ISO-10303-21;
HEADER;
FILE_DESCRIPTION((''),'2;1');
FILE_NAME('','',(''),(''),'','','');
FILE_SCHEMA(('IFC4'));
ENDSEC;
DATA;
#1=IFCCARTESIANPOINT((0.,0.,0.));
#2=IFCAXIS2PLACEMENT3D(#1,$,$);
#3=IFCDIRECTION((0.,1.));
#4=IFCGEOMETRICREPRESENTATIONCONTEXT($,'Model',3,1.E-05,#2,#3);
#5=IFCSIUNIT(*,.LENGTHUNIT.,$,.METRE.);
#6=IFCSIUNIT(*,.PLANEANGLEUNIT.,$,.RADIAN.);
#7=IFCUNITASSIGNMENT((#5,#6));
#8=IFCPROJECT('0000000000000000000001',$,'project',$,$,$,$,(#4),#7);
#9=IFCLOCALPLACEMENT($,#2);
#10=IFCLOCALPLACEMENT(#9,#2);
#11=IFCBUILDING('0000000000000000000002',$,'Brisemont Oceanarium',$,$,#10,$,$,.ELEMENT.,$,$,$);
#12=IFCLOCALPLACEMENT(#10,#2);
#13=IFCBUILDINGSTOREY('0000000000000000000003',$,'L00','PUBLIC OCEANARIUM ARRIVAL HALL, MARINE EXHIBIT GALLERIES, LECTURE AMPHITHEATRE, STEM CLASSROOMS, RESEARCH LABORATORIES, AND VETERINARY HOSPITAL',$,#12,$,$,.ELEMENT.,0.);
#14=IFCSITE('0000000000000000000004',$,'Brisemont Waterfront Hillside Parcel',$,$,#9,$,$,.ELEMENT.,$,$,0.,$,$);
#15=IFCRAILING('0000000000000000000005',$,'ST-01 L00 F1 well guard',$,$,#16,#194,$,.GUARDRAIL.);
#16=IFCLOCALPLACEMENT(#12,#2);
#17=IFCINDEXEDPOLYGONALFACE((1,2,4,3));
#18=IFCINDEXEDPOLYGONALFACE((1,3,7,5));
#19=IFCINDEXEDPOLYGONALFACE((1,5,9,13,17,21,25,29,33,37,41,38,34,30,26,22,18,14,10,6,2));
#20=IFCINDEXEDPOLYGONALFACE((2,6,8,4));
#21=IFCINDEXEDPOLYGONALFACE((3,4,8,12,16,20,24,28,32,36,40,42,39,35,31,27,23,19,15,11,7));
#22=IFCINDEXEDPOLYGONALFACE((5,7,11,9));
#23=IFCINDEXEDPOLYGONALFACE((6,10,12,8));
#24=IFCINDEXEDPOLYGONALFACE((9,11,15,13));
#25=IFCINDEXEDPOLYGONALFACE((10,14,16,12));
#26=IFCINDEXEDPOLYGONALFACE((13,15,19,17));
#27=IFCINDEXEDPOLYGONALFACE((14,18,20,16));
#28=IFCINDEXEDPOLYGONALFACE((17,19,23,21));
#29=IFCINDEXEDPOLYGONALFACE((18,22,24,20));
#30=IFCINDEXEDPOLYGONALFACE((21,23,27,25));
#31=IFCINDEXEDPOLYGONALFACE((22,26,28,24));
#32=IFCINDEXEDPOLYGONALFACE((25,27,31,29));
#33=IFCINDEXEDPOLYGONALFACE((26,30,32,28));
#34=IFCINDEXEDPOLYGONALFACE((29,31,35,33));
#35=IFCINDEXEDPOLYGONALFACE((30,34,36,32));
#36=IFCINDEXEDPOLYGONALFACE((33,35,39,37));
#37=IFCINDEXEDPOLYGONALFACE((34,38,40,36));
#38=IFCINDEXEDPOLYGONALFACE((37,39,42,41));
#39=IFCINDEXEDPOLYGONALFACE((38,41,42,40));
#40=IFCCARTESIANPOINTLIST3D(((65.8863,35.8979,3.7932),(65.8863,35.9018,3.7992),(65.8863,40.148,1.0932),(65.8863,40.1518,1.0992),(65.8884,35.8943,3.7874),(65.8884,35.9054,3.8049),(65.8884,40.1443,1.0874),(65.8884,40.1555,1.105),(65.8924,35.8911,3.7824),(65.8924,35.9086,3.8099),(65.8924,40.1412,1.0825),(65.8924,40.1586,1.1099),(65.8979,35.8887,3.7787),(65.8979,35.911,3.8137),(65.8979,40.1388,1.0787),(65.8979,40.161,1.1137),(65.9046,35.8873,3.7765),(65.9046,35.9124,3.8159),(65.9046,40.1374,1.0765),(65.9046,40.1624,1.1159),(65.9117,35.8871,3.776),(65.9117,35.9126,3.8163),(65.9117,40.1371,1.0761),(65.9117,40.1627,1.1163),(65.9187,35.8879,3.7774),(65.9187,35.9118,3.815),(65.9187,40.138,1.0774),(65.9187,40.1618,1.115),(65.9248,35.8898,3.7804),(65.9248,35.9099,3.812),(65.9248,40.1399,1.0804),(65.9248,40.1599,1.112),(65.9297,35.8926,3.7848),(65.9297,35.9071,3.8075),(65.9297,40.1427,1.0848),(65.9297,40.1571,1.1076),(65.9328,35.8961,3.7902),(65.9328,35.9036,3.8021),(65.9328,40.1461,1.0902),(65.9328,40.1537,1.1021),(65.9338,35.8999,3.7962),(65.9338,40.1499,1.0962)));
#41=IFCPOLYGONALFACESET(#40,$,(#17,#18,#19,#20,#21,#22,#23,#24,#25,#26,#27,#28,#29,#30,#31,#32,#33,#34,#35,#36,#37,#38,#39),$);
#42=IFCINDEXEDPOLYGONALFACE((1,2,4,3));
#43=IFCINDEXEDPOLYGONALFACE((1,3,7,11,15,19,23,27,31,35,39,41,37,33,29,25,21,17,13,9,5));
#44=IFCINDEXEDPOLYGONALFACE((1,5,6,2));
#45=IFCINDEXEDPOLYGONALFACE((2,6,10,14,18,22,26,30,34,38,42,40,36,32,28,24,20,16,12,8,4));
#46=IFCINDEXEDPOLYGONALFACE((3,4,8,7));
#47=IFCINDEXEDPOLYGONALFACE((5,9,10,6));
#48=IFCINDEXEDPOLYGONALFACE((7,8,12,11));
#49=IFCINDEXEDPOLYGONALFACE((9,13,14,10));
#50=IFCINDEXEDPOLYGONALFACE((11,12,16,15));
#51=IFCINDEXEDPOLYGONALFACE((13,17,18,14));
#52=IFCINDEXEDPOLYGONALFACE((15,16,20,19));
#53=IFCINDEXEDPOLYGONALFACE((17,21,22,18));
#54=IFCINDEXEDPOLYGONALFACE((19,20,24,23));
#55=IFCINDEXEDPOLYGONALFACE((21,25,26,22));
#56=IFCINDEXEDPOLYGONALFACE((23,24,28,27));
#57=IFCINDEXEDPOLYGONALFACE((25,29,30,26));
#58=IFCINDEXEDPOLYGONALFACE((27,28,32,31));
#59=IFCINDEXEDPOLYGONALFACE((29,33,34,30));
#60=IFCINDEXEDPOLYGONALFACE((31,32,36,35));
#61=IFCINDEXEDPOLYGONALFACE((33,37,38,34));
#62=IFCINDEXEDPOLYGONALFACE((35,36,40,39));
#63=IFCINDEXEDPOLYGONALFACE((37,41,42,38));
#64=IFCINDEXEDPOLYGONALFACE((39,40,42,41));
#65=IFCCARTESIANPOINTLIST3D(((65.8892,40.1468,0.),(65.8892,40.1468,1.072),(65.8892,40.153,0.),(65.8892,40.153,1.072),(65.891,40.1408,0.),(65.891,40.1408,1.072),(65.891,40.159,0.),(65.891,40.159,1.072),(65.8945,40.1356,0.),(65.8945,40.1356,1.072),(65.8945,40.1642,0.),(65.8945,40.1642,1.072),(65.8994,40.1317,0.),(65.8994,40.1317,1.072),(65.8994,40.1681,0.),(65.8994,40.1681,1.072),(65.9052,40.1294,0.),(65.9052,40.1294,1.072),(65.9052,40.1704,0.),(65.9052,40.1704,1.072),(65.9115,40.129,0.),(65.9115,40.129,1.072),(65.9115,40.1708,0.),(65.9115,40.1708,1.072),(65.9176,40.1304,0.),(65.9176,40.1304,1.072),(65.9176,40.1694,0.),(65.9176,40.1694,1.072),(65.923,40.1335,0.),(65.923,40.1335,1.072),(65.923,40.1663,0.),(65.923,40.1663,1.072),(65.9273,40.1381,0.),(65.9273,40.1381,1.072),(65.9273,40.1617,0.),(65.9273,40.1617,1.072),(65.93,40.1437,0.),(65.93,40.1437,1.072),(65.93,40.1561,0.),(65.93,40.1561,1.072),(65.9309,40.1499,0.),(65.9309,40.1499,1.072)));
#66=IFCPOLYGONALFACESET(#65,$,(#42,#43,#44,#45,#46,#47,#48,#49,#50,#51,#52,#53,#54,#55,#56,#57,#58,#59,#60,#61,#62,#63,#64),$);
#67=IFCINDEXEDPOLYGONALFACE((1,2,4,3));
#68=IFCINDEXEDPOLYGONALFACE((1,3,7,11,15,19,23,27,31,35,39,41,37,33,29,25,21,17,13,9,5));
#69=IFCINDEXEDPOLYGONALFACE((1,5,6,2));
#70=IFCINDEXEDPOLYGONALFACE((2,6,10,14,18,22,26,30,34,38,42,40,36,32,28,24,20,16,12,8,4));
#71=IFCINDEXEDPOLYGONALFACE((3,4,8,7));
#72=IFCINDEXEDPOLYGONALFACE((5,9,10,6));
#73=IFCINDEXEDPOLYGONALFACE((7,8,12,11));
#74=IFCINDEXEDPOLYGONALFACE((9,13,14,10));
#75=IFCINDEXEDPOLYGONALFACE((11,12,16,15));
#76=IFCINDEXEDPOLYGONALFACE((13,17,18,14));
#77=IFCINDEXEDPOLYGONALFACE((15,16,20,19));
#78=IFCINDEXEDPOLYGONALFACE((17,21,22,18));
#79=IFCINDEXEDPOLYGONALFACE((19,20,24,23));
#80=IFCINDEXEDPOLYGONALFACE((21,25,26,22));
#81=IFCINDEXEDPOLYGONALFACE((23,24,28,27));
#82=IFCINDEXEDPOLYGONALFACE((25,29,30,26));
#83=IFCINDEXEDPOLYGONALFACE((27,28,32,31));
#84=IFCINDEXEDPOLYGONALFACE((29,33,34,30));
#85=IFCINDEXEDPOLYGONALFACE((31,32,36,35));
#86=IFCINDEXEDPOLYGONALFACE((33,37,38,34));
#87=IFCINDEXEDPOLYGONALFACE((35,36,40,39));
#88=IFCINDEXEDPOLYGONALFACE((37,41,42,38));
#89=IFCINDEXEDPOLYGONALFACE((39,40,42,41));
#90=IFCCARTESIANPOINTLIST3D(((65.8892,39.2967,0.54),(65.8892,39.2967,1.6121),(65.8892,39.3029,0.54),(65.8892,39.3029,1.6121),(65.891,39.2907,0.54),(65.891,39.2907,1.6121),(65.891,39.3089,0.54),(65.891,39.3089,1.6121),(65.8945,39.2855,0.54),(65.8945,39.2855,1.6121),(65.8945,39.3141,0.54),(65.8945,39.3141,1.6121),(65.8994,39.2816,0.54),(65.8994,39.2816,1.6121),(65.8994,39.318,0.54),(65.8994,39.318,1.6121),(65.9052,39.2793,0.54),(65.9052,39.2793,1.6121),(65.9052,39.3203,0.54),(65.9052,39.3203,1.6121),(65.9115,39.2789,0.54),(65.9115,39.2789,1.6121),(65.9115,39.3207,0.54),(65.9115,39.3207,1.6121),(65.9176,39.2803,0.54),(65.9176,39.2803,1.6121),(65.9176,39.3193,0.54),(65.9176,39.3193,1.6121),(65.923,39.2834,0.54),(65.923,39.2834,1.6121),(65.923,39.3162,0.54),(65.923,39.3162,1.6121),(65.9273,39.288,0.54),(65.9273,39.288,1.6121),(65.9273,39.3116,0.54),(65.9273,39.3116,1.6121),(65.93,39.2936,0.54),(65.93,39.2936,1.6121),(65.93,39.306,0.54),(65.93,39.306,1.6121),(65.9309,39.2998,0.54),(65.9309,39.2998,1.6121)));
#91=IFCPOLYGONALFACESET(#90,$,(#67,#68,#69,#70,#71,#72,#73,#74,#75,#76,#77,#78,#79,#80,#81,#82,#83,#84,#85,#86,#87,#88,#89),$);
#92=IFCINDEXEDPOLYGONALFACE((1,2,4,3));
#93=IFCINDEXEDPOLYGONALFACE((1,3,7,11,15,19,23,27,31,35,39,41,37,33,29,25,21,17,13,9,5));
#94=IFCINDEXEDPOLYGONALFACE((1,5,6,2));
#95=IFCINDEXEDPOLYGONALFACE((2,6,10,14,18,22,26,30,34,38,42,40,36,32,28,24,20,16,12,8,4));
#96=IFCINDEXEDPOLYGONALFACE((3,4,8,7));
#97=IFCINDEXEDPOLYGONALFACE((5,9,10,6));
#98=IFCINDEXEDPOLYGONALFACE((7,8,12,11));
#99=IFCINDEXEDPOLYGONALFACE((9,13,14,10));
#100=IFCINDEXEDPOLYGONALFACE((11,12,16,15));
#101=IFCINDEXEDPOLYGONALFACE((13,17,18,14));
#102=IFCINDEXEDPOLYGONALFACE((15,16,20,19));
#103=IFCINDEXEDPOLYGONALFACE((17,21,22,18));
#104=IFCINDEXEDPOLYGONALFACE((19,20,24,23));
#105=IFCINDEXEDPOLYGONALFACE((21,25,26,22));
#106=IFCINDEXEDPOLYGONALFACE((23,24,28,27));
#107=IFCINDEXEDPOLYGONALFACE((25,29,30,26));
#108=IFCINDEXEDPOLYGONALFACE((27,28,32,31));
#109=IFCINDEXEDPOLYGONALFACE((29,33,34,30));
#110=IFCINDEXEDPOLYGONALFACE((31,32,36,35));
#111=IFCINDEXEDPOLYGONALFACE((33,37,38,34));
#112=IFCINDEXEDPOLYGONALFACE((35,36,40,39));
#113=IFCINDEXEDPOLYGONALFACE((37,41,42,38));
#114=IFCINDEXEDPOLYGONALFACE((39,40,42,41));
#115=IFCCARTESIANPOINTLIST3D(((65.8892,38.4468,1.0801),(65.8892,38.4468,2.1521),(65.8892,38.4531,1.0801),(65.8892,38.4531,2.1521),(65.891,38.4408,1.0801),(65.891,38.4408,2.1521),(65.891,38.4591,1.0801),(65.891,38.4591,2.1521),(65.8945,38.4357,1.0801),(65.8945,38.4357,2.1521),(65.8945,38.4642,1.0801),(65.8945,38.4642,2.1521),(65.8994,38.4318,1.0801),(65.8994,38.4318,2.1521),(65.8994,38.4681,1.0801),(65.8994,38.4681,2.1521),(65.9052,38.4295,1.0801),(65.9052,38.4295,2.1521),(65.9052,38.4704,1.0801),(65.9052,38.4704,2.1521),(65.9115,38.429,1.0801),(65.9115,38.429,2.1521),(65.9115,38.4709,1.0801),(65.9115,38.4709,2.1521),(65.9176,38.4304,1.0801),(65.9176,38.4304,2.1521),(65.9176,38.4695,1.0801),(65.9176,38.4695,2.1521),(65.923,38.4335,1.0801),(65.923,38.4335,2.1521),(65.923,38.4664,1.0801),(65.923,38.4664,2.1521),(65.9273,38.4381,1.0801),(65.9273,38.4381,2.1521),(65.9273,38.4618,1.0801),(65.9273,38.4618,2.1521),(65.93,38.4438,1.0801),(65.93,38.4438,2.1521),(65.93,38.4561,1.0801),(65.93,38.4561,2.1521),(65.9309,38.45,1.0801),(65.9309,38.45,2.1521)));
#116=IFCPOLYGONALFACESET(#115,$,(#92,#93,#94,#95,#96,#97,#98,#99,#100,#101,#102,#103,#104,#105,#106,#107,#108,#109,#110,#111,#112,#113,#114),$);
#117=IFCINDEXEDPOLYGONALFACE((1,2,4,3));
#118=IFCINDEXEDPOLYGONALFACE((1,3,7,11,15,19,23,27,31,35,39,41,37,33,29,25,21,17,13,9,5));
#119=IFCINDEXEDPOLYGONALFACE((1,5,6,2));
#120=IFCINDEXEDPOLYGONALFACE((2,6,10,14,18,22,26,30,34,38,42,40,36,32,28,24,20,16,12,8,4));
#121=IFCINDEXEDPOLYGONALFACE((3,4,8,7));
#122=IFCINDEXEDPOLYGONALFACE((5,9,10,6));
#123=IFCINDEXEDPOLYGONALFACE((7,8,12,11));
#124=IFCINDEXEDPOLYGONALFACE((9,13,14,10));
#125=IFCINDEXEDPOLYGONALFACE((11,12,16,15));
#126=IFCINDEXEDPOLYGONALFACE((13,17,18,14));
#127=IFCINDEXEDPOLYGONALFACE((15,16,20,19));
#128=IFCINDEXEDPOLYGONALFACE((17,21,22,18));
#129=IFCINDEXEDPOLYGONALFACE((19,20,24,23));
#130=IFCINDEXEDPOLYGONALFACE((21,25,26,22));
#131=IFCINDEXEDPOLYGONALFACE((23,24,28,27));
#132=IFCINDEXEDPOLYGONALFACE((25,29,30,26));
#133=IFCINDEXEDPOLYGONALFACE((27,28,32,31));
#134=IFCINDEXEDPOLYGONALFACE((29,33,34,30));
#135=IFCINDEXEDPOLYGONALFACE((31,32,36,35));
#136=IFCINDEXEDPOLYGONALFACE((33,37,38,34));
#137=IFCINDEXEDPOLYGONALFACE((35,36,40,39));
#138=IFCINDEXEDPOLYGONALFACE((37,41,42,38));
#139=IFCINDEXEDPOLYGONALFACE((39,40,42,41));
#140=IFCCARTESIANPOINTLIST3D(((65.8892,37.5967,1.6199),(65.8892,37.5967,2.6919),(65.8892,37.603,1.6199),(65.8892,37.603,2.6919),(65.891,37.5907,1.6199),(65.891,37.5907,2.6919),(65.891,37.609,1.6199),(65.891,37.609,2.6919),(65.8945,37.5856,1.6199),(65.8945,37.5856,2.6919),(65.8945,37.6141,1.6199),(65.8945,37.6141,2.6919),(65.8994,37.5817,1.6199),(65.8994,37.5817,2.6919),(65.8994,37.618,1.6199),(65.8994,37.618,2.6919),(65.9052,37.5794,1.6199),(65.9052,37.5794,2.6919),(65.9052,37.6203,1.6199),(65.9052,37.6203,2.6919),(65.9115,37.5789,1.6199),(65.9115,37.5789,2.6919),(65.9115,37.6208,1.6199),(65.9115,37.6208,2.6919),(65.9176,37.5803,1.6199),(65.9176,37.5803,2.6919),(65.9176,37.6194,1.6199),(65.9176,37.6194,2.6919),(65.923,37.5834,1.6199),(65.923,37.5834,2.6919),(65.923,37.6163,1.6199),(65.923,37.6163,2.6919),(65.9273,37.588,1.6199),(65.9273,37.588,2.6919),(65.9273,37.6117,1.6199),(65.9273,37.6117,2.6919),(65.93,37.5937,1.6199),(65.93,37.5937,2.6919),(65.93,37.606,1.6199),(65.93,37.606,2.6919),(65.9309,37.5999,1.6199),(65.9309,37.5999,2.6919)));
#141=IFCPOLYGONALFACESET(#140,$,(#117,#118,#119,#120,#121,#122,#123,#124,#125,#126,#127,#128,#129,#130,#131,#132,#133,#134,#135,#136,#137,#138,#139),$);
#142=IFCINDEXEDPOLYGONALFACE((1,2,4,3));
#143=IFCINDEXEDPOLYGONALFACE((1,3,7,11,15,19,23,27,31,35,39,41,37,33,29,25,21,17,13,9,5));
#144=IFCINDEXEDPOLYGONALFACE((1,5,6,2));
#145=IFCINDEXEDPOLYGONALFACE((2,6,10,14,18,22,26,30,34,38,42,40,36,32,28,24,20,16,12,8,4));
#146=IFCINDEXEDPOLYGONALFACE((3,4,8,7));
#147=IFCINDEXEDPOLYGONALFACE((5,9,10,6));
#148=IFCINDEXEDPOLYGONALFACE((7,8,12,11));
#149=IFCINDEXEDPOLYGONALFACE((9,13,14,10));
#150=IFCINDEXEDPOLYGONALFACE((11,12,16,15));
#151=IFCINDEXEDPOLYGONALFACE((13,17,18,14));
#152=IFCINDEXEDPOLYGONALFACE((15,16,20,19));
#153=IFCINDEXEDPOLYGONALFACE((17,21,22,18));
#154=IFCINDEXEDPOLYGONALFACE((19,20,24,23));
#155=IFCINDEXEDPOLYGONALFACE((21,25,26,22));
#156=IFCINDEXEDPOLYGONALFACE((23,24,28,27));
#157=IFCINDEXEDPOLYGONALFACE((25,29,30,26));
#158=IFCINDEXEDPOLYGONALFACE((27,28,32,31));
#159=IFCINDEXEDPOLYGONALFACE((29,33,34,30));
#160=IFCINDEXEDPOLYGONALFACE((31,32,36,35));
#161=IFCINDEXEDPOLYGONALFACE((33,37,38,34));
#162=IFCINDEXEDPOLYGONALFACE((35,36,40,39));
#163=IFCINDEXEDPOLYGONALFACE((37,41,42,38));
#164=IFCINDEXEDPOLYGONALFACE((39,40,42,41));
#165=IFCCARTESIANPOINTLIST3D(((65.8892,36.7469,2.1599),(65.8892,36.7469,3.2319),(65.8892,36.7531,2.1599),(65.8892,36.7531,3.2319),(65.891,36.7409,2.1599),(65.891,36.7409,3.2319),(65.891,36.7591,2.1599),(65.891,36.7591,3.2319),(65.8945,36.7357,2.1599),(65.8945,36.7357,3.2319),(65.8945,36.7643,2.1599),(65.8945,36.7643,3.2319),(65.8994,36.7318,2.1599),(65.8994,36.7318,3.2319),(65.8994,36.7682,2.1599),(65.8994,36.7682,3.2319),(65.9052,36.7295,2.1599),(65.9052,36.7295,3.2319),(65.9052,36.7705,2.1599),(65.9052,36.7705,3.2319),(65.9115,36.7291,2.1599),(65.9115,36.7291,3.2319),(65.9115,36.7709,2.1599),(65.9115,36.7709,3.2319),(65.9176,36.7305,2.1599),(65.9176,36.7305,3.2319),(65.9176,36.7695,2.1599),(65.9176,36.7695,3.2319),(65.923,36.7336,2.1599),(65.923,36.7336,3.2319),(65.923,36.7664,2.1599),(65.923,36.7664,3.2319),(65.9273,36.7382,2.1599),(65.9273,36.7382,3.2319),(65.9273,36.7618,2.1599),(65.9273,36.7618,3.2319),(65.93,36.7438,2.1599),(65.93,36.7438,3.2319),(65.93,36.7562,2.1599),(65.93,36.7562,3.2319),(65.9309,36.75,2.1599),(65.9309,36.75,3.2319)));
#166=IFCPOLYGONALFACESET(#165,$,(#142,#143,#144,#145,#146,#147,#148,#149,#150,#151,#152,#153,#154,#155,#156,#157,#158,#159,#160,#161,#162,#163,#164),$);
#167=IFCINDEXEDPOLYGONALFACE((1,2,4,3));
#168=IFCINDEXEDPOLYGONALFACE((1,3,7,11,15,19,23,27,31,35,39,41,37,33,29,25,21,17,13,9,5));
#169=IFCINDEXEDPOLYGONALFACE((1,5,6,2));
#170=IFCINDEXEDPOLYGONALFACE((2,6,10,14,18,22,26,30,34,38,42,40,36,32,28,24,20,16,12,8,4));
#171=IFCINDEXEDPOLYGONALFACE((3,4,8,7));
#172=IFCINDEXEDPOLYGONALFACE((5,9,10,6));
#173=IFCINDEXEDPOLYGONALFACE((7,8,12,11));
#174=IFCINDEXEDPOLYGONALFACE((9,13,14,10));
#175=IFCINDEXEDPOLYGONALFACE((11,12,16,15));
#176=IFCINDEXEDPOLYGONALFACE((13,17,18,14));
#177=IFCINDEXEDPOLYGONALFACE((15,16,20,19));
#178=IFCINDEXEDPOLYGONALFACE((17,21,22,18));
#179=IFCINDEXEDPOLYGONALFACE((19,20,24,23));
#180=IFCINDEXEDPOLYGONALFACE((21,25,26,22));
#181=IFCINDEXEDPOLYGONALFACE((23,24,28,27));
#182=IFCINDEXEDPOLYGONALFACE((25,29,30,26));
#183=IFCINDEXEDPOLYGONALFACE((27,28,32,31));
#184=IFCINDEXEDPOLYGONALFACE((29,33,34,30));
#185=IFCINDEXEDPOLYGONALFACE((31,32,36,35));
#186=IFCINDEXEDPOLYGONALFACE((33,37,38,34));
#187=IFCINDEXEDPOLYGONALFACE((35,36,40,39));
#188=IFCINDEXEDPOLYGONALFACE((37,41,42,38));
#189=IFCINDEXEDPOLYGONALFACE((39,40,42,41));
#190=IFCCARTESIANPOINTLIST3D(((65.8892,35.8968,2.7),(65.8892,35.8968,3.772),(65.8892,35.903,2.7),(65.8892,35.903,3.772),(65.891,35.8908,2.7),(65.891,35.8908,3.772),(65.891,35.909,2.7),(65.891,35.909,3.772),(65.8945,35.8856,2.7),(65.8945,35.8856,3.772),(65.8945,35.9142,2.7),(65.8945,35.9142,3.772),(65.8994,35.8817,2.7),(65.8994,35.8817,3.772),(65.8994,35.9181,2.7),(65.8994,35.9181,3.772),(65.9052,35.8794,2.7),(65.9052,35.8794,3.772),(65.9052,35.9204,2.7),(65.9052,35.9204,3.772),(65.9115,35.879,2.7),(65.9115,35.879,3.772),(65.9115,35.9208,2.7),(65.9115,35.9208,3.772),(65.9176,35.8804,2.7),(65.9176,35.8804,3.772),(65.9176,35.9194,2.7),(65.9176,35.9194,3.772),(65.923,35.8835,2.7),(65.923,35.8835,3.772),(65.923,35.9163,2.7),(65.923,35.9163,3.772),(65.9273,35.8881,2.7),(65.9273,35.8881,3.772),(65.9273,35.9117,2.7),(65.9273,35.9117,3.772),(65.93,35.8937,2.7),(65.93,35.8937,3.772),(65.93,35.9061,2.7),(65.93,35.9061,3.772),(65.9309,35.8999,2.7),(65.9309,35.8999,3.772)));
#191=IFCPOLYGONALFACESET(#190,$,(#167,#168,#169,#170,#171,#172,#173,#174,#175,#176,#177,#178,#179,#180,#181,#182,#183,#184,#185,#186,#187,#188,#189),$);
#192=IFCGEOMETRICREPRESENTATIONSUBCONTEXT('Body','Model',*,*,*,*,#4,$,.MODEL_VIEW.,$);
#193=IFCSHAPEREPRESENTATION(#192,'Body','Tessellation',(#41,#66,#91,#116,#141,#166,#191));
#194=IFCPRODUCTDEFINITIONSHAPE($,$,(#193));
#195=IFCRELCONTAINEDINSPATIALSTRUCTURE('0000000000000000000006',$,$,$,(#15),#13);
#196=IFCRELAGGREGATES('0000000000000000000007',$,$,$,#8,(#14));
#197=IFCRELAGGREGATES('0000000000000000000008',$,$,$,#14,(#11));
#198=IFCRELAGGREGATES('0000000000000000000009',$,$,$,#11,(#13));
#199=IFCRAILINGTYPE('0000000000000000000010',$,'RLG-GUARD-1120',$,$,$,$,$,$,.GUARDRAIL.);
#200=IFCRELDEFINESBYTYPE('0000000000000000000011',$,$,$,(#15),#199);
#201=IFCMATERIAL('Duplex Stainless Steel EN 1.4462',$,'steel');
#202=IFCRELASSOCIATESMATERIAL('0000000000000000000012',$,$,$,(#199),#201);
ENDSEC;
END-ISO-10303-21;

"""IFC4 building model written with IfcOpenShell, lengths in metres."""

from ifc_helpers import new_model, si_unit, direction, frame, origin, origin_2d, place, context, subcontext, project, spatial, circle, extrude, material, type_object, element, save


model = new_model("IFC4")

# Units and contexts
model_context = context("Model", 3, precision=1e-05, world=origin(), true_north=direction((0.0, 1.0)))
body_context = subcontext(model_context, "Body", "Model", "MODEL_VIEW")
ifc_project = project(units=[si_unit("LENGTHUNIT", "METRE"), si_unit("PLANEANGLEUNIT", "RADIAN")], contexts=[model_context])

# Site, building, storey
site_placement = place(None, origin())
site = spatial("IfcSite", under=ifc_project, at=site_placement, Name="Brisemont Waterfront Hillside Parcel", CompositionType="ELEMENT", RefElevation=0.0)
building_placement = place(site_placement, origin())
building = spatial("IfcBuilding", under=site, at=building_placement, Name="Brisemont Oceanarium", CompositionType="ELEMENT")
storey_placement = place(building_placement, origin())
storey = spatial("IfcBuildingStorey", under=building, at=storey_placement, Name="L00", Description="PUBLIC OCEANARIUM ARRIVAL HALL, MARINE EXHIBIT GALLERIES, LECTURE AMPHITHEATRE, STEM CLASSROOMS, RESEARCH LABORATORIES, AND VETERINARY HOSPITAL", CompositionType="ELEMENT", Elevation=0.0)

# Railing
ifc_material_1 = material(Name="Duplex Stainless Steel EN 1.4462", Category="steel")
railing_type_1 = type_object("IfcRailingType", Name="RLG-GUARD-1120", PredefinedType="GUARDRAIL", material=ifc_material_1)
railing_1_placement = place(storey_placement, frame((65.9099, 40.1499, 0.0)))
element("IfcRailing", 1, at=railing_1_placement, inside=storey, type_object=railing_type_1, Name="ST-01 L00 F1 well guard", PredefinedType="GUARDRAIL", context=body_context, shape_type="SweptSolid", body=[
    extrude(circle(Radius=0.0239, at=origin_2d()), frame((0.0, 0.0, 1.0962), z_axis=(0.0, -0.844075, 0.536226), x_axis=(1.0, 0.0, 0.0)), (0.0, 0.0, 1.0), 5.0352),
    extrude(circle(Radius=0.021, at=origin_2d()), origin(), (0.0, 0.0, 1.0), 1.072),
    extrude(circle(Radius=0.021, at=origin_2d()), frame((0.0, -0.8501, 0.54)), (0.0, 0.0, 1.0), 1.072),
    extrude(circle(Radius=0.021, at=origin_2d()), frame((0.0, -1.7, 1.0801)), (0.0, 0.0, 1.0), 1.072),
    extrude(circle(Radius=0.021, at=origin_2d()), frame((0.0, -2.55, 1.6199)), (0.0, 0.0, 1.0), 1.072),
    extrude(circle(Radius=0.021, at=origin_2d()), frame((0.0, -3.3999, 2.1599)), (0.0, 0.0, 1.0), 1.072),
    extrude(circle(Radius=0.021, at=origin_2d()), frame((0.0, -4.25, 2.7)), (0.0, 0.0, 1.0), 1.072),
])

save(model, "model.ifc")
